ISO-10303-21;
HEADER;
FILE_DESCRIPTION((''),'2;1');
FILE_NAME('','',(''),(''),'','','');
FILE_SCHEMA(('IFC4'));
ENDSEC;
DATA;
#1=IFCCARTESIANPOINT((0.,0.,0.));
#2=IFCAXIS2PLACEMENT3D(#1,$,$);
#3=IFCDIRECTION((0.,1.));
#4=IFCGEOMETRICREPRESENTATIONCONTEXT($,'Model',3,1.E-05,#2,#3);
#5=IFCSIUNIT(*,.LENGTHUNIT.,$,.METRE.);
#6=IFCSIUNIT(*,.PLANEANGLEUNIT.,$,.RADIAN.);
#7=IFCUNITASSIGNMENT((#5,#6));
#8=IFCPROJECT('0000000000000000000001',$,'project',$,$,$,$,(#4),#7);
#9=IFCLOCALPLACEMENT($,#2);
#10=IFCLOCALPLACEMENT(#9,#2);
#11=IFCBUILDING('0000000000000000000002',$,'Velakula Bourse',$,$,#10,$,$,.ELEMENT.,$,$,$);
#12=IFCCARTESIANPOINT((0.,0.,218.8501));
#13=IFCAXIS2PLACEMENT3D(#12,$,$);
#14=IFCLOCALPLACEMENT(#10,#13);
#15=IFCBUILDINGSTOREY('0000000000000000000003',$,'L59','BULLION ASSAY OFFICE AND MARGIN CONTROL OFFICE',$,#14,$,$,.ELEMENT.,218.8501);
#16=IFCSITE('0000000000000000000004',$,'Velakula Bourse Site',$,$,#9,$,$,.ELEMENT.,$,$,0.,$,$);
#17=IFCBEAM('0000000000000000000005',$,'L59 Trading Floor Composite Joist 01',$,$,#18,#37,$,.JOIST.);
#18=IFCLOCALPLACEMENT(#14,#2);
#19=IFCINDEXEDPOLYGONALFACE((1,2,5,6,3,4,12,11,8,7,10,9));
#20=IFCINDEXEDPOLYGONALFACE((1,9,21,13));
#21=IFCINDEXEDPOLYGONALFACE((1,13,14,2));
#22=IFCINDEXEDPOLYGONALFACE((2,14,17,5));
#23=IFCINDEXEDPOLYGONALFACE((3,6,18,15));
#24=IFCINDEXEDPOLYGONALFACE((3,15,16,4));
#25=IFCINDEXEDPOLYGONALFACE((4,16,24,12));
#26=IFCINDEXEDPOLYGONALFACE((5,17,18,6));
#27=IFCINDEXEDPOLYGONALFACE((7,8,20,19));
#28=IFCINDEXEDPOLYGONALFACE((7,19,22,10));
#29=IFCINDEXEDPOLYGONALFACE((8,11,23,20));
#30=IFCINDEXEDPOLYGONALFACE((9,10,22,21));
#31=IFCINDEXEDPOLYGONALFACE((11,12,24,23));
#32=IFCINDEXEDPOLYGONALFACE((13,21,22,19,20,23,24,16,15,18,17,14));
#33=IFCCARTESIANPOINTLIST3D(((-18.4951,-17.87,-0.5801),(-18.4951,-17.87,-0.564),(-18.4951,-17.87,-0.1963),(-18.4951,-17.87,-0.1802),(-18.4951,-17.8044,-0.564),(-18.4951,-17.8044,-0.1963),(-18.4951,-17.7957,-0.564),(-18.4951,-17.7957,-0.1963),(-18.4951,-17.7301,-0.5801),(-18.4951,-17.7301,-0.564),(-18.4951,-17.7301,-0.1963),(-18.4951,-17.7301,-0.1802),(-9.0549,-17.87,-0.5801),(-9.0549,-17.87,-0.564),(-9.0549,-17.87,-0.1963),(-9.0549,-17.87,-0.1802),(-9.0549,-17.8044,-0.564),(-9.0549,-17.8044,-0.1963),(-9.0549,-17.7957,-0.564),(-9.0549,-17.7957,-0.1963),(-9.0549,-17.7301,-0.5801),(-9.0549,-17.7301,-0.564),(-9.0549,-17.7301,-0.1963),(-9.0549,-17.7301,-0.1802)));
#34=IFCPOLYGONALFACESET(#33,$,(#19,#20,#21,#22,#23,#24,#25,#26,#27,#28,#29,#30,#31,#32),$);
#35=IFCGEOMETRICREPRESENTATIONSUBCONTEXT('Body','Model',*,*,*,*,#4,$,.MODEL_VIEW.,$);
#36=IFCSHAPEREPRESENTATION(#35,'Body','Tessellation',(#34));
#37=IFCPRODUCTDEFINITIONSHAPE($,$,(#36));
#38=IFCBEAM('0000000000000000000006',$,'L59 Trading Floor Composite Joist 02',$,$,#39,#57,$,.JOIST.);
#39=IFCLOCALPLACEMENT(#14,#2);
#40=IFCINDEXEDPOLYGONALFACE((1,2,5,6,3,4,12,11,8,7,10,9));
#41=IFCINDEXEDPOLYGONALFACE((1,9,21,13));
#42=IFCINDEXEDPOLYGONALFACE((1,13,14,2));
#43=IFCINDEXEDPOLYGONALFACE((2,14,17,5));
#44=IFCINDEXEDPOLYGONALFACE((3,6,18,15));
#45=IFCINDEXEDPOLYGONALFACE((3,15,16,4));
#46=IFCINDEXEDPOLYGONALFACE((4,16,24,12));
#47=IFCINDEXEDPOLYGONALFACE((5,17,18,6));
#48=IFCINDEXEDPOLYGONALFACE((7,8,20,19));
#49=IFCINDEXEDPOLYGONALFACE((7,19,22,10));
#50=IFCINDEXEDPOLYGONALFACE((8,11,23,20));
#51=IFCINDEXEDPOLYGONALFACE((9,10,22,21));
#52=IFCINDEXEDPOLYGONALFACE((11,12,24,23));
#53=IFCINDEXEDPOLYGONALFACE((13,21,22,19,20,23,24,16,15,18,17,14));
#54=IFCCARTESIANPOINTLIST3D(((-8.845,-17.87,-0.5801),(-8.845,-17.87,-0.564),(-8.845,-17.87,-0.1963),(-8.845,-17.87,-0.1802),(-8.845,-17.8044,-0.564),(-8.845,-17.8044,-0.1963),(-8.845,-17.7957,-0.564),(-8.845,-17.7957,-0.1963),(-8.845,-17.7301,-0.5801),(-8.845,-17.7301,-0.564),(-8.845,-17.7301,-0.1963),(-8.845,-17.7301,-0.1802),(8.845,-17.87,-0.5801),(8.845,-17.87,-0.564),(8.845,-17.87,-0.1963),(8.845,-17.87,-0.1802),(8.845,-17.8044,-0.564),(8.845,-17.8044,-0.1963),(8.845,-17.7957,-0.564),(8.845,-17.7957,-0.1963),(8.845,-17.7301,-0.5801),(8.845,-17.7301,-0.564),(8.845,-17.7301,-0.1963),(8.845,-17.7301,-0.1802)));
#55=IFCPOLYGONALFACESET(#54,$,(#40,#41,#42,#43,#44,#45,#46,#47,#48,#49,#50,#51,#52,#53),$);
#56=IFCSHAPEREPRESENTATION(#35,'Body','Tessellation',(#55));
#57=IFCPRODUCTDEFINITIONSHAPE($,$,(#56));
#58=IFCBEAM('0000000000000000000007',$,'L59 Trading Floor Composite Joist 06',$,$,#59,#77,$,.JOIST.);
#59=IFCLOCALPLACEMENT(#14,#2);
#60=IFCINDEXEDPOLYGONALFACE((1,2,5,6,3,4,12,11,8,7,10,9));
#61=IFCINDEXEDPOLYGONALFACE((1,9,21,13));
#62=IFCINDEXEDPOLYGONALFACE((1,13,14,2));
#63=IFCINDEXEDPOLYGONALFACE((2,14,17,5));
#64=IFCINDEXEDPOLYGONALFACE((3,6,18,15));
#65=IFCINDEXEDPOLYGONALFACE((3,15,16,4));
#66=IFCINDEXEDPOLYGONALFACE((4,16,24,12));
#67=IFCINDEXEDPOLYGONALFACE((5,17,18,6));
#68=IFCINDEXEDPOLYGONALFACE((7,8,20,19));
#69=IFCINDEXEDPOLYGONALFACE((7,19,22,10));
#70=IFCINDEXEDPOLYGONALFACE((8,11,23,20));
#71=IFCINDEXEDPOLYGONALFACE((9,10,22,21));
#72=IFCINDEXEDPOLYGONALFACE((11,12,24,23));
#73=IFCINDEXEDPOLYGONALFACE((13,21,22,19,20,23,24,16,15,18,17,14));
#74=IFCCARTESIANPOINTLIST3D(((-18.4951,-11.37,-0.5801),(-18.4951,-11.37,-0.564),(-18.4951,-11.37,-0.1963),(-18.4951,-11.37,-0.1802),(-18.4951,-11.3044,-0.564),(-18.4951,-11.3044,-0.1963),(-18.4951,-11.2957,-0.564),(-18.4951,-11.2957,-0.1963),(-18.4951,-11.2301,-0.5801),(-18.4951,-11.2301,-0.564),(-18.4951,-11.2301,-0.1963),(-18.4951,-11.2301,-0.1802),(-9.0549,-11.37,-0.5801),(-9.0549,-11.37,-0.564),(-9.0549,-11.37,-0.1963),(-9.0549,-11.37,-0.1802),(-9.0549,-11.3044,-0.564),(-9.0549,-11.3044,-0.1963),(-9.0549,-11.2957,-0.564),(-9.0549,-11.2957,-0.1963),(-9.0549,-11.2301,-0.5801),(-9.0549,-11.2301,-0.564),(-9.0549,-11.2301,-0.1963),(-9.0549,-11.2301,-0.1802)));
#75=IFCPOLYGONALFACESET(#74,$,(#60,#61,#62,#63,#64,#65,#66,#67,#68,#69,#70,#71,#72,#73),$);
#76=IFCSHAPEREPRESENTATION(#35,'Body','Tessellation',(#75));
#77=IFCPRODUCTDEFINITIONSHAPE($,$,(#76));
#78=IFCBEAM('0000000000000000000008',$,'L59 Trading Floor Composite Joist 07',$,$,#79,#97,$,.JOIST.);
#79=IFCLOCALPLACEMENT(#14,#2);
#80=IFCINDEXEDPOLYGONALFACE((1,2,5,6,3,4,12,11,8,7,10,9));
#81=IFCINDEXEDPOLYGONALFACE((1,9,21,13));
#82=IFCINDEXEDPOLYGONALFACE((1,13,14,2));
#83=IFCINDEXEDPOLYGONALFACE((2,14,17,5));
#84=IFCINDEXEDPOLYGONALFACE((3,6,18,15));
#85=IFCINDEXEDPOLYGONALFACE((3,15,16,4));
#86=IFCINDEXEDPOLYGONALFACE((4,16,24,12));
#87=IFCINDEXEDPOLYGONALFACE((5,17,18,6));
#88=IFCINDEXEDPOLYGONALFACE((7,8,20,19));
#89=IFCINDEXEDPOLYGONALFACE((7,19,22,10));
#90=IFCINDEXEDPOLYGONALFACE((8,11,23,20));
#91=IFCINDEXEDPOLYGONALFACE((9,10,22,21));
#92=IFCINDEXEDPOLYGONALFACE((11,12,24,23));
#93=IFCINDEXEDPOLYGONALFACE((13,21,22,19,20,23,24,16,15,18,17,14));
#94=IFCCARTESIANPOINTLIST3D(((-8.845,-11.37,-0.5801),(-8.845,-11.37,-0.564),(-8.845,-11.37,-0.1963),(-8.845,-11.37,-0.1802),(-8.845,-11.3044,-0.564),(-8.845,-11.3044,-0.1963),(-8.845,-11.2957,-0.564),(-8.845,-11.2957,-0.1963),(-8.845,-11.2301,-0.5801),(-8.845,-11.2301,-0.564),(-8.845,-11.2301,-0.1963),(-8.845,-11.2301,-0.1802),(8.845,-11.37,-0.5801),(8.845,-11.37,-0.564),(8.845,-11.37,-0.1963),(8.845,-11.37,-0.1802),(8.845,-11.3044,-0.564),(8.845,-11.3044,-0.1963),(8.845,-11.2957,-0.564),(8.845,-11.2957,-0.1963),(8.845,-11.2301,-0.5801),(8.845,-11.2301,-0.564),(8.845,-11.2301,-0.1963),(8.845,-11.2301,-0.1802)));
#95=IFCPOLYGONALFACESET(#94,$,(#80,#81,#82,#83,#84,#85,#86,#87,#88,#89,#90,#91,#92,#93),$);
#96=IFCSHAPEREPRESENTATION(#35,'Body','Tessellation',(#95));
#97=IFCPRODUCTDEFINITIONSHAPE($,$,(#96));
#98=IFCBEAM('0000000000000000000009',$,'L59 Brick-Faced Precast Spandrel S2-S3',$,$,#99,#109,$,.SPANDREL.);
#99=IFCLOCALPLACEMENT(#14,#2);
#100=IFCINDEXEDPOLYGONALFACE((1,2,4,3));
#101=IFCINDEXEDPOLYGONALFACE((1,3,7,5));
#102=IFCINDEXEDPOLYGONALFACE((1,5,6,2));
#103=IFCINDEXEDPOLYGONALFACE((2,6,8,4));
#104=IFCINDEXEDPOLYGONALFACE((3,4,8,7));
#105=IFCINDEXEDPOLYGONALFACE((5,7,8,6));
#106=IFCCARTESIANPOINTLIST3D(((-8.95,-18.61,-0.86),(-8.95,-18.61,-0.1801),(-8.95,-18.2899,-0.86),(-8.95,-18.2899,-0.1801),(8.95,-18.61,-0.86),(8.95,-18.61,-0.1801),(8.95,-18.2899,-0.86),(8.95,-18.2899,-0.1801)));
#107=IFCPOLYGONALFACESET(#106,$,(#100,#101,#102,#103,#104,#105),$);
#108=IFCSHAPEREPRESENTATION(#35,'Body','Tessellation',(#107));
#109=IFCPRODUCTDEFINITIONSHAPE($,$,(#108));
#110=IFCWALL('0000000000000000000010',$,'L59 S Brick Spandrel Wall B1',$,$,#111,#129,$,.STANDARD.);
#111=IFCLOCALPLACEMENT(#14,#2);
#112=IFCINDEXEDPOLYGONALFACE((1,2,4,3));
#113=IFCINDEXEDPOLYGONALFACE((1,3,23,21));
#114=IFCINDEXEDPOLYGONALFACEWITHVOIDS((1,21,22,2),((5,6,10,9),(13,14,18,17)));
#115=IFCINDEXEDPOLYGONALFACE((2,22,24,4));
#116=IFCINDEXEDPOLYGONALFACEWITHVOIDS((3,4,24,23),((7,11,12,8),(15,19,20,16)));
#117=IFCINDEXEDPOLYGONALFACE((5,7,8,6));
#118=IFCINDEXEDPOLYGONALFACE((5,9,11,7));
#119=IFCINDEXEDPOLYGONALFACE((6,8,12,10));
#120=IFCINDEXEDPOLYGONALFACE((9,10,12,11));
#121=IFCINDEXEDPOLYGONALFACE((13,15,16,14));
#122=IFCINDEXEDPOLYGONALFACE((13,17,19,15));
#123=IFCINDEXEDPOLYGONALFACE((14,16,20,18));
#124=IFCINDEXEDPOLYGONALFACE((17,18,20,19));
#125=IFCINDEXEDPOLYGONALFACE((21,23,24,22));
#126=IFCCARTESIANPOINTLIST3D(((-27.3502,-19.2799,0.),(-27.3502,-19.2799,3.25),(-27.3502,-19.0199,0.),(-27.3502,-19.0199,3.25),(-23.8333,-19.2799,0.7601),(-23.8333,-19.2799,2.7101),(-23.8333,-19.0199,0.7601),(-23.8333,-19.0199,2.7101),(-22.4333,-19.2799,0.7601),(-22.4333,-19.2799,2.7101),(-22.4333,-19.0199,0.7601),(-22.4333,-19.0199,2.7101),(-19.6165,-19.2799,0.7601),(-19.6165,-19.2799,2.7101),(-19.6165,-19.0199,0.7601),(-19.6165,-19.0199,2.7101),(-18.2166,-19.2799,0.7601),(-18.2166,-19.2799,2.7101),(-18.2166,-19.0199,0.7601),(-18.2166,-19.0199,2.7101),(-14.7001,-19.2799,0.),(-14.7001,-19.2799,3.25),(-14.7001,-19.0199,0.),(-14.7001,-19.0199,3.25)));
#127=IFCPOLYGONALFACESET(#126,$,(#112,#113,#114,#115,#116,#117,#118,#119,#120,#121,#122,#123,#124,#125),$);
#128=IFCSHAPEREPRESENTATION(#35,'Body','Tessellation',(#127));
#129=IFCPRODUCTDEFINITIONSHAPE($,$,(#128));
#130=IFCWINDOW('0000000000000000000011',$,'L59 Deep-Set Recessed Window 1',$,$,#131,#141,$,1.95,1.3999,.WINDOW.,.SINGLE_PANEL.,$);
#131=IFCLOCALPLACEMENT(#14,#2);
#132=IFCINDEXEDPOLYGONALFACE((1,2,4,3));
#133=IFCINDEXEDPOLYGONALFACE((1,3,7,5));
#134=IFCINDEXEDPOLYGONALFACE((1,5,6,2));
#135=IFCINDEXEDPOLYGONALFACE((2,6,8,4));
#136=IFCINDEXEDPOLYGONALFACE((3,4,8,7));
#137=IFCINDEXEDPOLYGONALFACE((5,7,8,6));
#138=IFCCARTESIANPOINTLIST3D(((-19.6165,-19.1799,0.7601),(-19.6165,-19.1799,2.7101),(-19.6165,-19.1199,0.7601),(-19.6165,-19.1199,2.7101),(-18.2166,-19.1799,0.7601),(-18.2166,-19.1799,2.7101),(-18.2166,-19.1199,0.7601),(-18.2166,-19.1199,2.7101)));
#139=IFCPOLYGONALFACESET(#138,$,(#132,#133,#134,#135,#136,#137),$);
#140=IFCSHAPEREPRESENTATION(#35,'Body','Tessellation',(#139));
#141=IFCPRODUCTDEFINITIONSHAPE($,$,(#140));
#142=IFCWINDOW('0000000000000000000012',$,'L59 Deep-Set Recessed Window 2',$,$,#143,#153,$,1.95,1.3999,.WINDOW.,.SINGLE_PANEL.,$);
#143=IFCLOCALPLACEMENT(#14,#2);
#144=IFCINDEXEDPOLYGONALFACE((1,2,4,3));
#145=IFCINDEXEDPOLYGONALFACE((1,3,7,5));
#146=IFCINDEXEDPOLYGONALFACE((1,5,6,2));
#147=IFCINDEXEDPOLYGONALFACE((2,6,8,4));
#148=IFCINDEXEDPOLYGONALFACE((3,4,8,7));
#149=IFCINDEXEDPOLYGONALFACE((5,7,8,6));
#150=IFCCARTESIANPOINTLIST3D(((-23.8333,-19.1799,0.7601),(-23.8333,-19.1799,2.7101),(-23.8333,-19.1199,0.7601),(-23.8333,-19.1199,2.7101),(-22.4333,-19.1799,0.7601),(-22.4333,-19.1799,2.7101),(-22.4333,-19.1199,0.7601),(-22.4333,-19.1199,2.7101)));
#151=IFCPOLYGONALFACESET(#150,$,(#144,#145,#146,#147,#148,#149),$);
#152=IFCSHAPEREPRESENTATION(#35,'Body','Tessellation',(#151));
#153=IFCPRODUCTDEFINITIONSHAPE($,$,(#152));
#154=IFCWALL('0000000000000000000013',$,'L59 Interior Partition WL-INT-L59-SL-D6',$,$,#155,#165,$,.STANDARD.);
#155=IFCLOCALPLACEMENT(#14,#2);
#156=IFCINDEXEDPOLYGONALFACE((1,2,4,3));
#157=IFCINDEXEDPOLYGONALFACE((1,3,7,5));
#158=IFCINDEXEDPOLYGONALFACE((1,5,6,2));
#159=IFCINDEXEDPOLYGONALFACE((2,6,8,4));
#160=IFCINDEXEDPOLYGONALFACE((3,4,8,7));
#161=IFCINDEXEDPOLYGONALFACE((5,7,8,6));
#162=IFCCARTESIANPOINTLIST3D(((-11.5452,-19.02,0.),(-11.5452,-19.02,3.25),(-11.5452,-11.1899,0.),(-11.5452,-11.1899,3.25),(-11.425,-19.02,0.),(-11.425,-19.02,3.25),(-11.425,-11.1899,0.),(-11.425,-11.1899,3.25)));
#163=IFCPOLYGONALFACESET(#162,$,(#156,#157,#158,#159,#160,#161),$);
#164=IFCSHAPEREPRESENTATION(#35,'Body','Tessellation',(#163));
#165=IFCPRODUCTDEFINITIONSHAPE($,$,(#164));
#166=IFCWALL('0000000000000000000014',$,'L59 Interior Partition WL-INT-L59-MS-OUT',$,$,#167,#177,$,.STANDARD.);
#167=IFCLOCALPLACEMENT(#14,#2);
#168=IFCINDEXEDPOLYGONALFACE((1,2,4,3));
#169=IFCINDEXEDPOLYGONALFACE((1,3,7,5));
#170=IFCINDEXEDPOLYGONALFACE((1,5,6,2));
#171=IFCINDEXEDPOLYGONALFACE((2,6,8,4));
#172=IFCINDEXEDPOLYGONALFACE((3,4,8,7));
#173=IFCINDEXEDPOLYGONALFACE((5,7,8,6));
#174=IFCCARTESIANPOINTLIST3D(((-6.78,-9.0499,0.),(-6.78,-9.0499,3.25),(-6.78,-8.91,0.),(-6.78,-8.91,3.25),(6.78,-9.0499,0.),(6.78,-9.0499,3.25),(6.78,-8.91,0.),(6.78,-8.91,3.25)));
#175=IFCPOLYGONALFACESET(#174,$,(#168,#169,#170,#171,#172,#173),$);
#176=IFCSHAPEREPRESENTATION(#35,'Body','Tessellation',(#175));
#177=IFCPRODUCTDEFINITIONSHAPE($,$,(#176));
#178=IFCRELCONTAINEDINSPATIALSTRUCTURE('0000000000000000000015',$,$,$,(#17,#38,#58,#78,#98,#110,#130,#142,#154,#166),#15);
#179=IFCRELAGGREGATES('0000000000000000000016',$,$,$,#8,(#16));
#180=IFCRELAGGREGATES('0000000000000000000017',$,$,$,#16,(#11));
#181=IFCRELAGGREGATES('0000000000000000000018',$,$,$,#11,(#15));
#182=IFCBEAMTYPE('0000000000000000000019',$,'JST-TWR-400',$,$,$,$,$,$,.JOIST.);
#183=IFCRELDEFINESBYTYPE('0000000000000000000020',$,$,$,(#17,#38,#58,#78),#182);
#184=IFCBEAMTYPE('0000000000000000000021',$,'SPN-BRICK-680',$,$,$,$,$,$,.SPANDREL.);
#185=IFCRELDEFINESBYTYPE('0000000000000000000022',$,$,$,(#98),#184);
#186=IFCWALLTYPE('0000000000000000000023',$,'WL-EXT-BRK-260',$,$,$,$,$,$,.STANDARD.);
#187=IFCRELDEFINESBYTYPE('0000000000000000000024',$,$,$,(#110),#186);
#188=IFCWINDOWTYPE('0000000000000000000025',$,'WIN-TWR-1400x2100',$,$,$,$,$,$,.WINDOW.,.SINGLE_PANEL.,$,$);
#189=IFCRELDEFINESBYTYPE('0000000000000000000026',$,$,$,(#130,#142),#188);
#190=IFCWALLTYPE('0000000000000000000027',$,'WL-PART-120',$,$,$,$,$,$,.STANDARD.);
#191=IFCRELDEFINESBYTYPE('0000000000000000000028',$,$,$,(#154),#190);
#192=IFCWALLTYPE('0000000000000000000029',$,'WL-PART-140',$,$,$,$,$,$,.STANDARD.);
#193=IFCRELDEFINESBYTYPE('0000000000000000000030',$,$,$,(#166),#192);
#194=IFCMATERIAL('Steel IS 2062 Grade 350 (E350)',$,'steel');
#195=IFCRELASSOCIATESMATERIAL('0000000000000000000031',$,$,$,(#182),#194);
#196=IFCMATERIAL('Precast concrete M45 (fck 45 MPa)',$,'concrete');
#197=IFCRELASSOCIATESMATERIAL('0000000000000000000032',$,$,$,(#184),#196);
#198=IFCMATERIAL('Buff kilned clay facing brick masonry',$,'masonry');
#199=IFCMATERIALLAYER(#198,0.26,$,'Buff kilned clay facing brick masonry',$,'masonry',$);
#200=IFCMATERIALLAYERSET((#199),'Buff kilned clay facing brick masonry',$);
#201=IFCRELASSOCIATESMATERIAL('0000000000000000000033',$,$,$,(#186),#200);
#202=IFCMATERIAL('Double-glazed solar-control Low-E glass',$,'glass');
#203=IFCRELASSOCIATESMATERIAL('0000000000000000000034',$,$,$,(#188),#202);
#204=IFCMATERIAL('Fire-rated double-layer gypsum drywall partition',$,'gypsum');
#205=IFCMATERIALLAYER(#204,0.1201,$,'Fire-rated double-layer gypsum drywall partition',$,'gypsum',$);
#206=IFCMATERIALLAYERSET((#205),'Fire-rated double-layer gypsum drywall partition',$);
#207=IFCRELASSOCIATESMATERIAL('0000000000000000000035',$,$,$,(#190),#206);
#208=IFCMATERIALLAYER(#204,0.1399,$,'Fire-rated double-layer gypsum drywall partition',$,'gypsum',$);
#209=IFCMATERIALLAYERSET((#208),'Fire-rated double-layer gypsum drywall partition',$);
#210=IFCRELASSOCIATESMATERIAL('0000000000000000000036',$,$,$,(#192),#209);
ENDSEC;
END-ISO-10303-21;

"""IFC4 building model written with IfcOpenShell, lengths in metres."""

from ifc_helpers import new_model, si_unit, direction, frame, frame_2d, origin, origin_2d, place, context, subcontext, project, spatial, rectangle, i_section, extrude, material, layer, layer_set, material_profile, profile_set, type_object, element, fill, save


model = new_model("IFC4")

# Units and contexts
model_context = context("Model", 3, precision=1e-05, world=origin(), true_north=direction((0.0, 1.0)))
body_context = subcontext(model_context, "Body", "Model", "MODEL_VIEW")
ifc_project = project(units=[si_unit("LENGTHUNIT", "METRE"), si_unit("PLANEANGLEUNIT", "RADIAN")], contexts=[model_context])

# Site, building, storey
site_placement = place(None, origin())
site = spatial("IfcSite", under=ifc_project, at=site_placement, Name="Velakula Bourse Site", CompositionType="ELEMENT", RefElevation=0.0)
building_placement = place(site_placement, origin())
building = spatial("IfcBuilding", under=site, at=building_placement, Name="Velakula Bourse", CompositionType="ELEMENT")
storey_placement = place(building_placement, frame((0.0, 0.0, 218.8501)))
storey = spatial("IfcBuildingStorey", under=building, at=storey_placement, Name="L59", Description="BULLION ASSAY OFFICE AND MARGIN CONTROL OFFICE", CompositionType="ELEMENT", Elevation=218.8501)

# Shared definitions
ifc_material_1 = material(Name="Steel IS 2062 Grade 350 (E350)", Category="steel")

# Beams
ifc_material_profile_1 = material_profile(ifc_material_1, i_section(OverallWidth=0.1399, OverallDepth=0.3999, WebThickness=0.0088, FlangeThickness=0.0161, at=origin_2d()), Name="Steel IS 2062 Grade 350 (E350)")
ifc_profile_set_1 = profile_set([ifc_material_profile_1], Name="Steel IS 2062 Grade 350 (E350)")
beam_type_1 = type_object("IfcBeamType", Name="JST-TWR-400", PredefinedType="JOIST", material=ifc_profile_set_1)
beam_1_placement = place(storey_placement, frame((-18.4951, -17.8, -0.3801), z_axis=(1.0, 0.0, 0.0), x_axis=(0.0, 1.0, 0.0)))
element("IfcBeam", 1, at=beam_1_placement, inside=storey, type_object=beam_type_1, Name="L59 Trading Floor Composite Joist 01", PredefinedType="JOIST", context=body_context, shape_type="SweptSolid", body=[
    extrude(i_section(OverallWidth=0.1399, OverallDepth=0.3999, WebThickness=0.0088, FlangeThickness=0.0161, at=origin_2d()), origin(), (0.0, 0.0, 1.0), 9.4402),
])
beam_2_placement = place(storey_placement, frame((-8.845, -17.8, -0.3801), z_axis=(1.0, 0.0, 0.0), x_axis=(0.0, 1.0, 0.0)))
element("IfcBeam", 2, at=beam_2_placement, inside=storey, type_object=beam_type_1, Name="L59 Trading Floor Composite Joist 02", PredefinedType="JOIST", context=body_context, shape_type="SweptSolid", body=[
    extrude(i_section(OverallWidth=0.1399, OverallDepth=0.3999, WebThickness=0.0088, FlangeThickness=0.0161, at=origin_2d()), origin(), (0.0, 0.0, 1.0), 17.6899),
])
beam_3_placement = place(storey_placement, frame((-18.4951, -11.3, -0.3801), z_axis=(1.0, 0.0, 0.0), x_axis=(0.0, 1.0, 0.0)))
element("IfcBeam", 3, at=beam_3_placement, inside=storey, type_object=beam_type_1, Name="L59 Trading Floor Composite Joist 06", PredefinedType="JOIST", context=body_context, shape_type="SweptSolid", body=[
    extrude(i_section(OverallWidth=0.1399, OverallDepth=0.3999, WebThickness=0.0088, FlangeThickness=0.0161, at=origin_2d()), origin(), (0.0, 0.0, 1.0), 9.4402),
])
beam_4_placement = place(storey_placement, frame((-8.845, -11.3, -0.3801), z_axis=(1.0, 0.0, 0.0), x_axis=(0.0, 1.0, 0.0)))
element("IfcBeam", 4, at=beam_4_placement, inside=storey, type_object=beam_type_1, Name="L59 Trading Floor Composite Joist 07", PredefinedType="JOIST", context=body_context, shape_type="SweptSolid", body=[
    extrude(i_section(OverallWidth=0.1399, OverallDepth=0.3999, WebThickness=0.0088, FlangeThickness=0.0161, at=origin_2d()), origin(), (0.0, 0.0, 1.0), 17.6899),
])
ifc_material_2 = material(Name="Precast concrete M45 (fck 45 MPa)", Category="concrete")
ifc_material_profile_2 = material_profile(ifc_material_2, rectangle(XDim=0.3201, YDim=0.6799, at=origin_2d()), Name="Precast concrete M45 (fck 45 MPa)")
ifc_profile_set_2 = profile_set([ifc_material_profile_2], Name="Precast concrete M45 (fck 45 MPa)")
beam_type_2 = type_object("IfcBeamType", Name="SPN-BRICK-680", PredefinedType="SPANDREL", material=ifc_profile_set_2)
beam_5_placement = place(storey_placement, frame((-8.95, -18.45, -0.52), z_axis=(1.0, 0.0, 0.0), x_axis=(0.0, 1.0, 0.0)))
element("IfcBeam", 5, at=beam_5_placement, inside=storey, type_object=beam_type_2, Name="L59 Brick-Faced Precast Spandrel S2-S3", PredefinedType="SPANDREL", context=body_context, shape_type="SweptSolid", body=[
    extrude(rectangle(XDim=0.3201, YDim=0.6799, at=origin_2d()), origin(), (0.0, 0.0, 1.0), 17.8999),
])

# Wall, openings, windows
ifc_material_3 = material(Name="Buff kilned clay facing brick masonry", Category="masonry")
ifc_layer_1 = layer(ifc_material_3, 0.26, Name="Buff kilned clay facing brick masonry", Category="masonry")
ifc_layer_set_1 = layer_set([ifc_layer_1], Name="Buff kilned clay facing brick masonry")
wall_type_1 = type_object("IfcWallType", Name="WL-EXT-BRK-260", PredefinedType="STANDARD", material=ifc_layer_set_1)
wall_1_placement = place(storey_placement, frame((-14.7, -19.1499, 0.0), z_axis=(0.0, 0.0, 1.0), x_axis=(-1.0, 0.0, 0.0)))
wall_1 = element("IfcWall", 6, at=wall_1_placement, inside=storey, type_object=wall_type_1, Name="L59 S Brick Spandrel Wall B1", PredefinedType="STANDARD", context=body_context, shape_type="SweptSolid", body=[
    extrude(rectangle(XDim=12.6501, YDim=0.26, at=frame_2d((6.3252, 0.0))), origin(), (0.0, 0.0, 1.0), 3.25),
])
opening_1_placement = place(wall_1_placement, frame((3.5166, 0.0, 0.76)))
opening_1 = element("IfcOpeningElement", 7, at=opening_1_placement, cuts=wall_1, PredefinedType="OPENING", context=body_context, shape_type="SweptSolid", body=[
    extrude(rectangle(XDim=1.3999, YDim=1.95, at=frame_2d((0.7, 0.9751))), frame((0.0, 0.1399, 0.0), z_axis=(0.0, -1.0, 0.0), x_axis=(1.0, 0.0, 0.0)), (0.0, 0.0, 1.0), 0.28),
])
opening_2_placement = place(wall_1_placement, frame((7.7334, 0.0, 0.76)))
opening_2 = element("IfcOpeningElement", 8, at=opening_2_placement, cuts=wall_1, PredefinedType="OPENING", context=body_context, shape_type="SweptSolid", body=[
    extrude(rectangle(XDim=1.3999, YDim=1.95, at=frame_2d((0.7, 0.9751))), frame((0.0, 0.1399, 0.0), z_axis=(0.0, -1.0, 0.0), x_axis=(1.0, 0.0, 0.0)), (0.0, 0.0, 1.0), 0.28),
])
ifc_material_4 = material(Name="Double-glazed solar-control Low-E glass", Category="glass")
window_type = type_object("IfcWindowType", Name="WIN-TWR-1400x2100", PartitioningType="SINGLE_PANEL", PredefinedType="WINDOW", material=ifc_material_4)
window_1_placement = place(opening_1_placement, origin())
window_1 = element("IfcWindow", 9, at=window_1_placement, inside=storey, type_object=window_type, Name="L59 Deep-Set Recessed Window 1", OverallHeight=1.95, OverallWidth=1.3999, PartitioningType="SINGLE_PANEL", PredefinedType="WINDOW", context=body_context, shape_type="SweptSolid", body=[
    extrude(rectangle(XDim=1.3999, YDim=1.95, at=frame_2d((0.7, 0.9751))), frame((0.0, 0.03, 0.0), z_axis=(0.0, -1.0, 0.0), x_axis=(1.0, 0.0, 0.0)), (0.0, 0.0, 1.0), 0.0601),
])
fill(opening_1, window_1)
window_2_placement = place(opening_2_placement, origin())
window_2 = element("IfcWindow", 10, at=window_2_placement, inside=storey, type_object=window_type, Name="L59 Deep-Set Recessed Window 2", OverallHeight=1.95, OverallWidth=1.3999, PartitioningType="SINGLE_PANEL", PredefinedType="WINDOW", context=body_context, shape_type="SweptSolid", body=[
    extrude(rectangle(XDim=1.3999, YDim=1.95, at=frame_2d((0.7, 0.9751))), frame((0.0, 0.03, 0.0), z_axis=(0.0, -1.0, 0.0), x_axis=(1.0, 0.0, 0.0)), (0.0, 0.0, 1.0), 0.0601),
])
fill(opening_2, window_2)

# Walls
ifc_material_5 = material(Name="Fire-rated double-layer gypsum drywall partition", Category="gypsum")
ifc_layer_2 = layer(ifc_material_5, 0.1201, Name="Fire-rated double-layer gypsum drywall partition", Category="gypsum")
ifc_layer_set_2 = layer_set([ifc_layer_2], Name="Fire-rated double-layer gypsum drywall partition")
wall_type_2 = type_object("IfcWallType", Name="WL-PART-120", PredefinedType="STANDARD", material=ifc_layer_set_2)
wall_2_placement = place(storey_placement, frame((-11.4851, -19.02, 0.0), z_axis=(0.0, 0.0, 1.0), x_axis=(0.0, 1.0, 0.0)))
element("IfcWall", 11, at=wall_2_placement, inside=storey, type_object=wall_type_2, Name="L59 Interior Partition WL-INT-L59-SL-D6", PredefinedType="STANDARD", context=body_context, shape_type="SweptSolid", body=[
    extrude(rectangle(XDim=7.8301, YDim=0.1201, at=frame_2d((3.915, 0.0))), origin(), (0.0, 0.0, 1.0), 3.25),
])
ifc_layer_3 = layer(ifc_material_5, 0.1399, Name="Fire-rated double-layer gypsum drywall partition", Category="gypsum")
ifc_layer_set_3 = layer_set([ifc_layer_3], Name="Fire-rated double-layer gypsum drywall partition")
wall_type_3 = type_object("IfcWallType", Name="WL-PART-140", PredefinedType="STANDARD", material=ifc_layer_set_3)
wall_3_placement = place(storey_placement, frame((-6.78, -8.98, 0.0), z_axis=(0.0, 0.0, 1.0), x_axis=(1.0, 0.0, 0.0)))
element("IfcWall", 12, at=wall_3_placement, inside=storey, type_object=wall_type_3, Name="L59 Interior Partition WL-INT-L59-MS-OUT", PredefinedType="STANDARD", context=body_context, shape_type="SweptSolid", body=[
    extrude(rectangle(XDim=13.5601, YDim=0.1399, at=frame_2d((6.78, 0.0))), origin(), (0.0, 0.0, 1.0), 3.25),
])

save(model, "model.ifc")
